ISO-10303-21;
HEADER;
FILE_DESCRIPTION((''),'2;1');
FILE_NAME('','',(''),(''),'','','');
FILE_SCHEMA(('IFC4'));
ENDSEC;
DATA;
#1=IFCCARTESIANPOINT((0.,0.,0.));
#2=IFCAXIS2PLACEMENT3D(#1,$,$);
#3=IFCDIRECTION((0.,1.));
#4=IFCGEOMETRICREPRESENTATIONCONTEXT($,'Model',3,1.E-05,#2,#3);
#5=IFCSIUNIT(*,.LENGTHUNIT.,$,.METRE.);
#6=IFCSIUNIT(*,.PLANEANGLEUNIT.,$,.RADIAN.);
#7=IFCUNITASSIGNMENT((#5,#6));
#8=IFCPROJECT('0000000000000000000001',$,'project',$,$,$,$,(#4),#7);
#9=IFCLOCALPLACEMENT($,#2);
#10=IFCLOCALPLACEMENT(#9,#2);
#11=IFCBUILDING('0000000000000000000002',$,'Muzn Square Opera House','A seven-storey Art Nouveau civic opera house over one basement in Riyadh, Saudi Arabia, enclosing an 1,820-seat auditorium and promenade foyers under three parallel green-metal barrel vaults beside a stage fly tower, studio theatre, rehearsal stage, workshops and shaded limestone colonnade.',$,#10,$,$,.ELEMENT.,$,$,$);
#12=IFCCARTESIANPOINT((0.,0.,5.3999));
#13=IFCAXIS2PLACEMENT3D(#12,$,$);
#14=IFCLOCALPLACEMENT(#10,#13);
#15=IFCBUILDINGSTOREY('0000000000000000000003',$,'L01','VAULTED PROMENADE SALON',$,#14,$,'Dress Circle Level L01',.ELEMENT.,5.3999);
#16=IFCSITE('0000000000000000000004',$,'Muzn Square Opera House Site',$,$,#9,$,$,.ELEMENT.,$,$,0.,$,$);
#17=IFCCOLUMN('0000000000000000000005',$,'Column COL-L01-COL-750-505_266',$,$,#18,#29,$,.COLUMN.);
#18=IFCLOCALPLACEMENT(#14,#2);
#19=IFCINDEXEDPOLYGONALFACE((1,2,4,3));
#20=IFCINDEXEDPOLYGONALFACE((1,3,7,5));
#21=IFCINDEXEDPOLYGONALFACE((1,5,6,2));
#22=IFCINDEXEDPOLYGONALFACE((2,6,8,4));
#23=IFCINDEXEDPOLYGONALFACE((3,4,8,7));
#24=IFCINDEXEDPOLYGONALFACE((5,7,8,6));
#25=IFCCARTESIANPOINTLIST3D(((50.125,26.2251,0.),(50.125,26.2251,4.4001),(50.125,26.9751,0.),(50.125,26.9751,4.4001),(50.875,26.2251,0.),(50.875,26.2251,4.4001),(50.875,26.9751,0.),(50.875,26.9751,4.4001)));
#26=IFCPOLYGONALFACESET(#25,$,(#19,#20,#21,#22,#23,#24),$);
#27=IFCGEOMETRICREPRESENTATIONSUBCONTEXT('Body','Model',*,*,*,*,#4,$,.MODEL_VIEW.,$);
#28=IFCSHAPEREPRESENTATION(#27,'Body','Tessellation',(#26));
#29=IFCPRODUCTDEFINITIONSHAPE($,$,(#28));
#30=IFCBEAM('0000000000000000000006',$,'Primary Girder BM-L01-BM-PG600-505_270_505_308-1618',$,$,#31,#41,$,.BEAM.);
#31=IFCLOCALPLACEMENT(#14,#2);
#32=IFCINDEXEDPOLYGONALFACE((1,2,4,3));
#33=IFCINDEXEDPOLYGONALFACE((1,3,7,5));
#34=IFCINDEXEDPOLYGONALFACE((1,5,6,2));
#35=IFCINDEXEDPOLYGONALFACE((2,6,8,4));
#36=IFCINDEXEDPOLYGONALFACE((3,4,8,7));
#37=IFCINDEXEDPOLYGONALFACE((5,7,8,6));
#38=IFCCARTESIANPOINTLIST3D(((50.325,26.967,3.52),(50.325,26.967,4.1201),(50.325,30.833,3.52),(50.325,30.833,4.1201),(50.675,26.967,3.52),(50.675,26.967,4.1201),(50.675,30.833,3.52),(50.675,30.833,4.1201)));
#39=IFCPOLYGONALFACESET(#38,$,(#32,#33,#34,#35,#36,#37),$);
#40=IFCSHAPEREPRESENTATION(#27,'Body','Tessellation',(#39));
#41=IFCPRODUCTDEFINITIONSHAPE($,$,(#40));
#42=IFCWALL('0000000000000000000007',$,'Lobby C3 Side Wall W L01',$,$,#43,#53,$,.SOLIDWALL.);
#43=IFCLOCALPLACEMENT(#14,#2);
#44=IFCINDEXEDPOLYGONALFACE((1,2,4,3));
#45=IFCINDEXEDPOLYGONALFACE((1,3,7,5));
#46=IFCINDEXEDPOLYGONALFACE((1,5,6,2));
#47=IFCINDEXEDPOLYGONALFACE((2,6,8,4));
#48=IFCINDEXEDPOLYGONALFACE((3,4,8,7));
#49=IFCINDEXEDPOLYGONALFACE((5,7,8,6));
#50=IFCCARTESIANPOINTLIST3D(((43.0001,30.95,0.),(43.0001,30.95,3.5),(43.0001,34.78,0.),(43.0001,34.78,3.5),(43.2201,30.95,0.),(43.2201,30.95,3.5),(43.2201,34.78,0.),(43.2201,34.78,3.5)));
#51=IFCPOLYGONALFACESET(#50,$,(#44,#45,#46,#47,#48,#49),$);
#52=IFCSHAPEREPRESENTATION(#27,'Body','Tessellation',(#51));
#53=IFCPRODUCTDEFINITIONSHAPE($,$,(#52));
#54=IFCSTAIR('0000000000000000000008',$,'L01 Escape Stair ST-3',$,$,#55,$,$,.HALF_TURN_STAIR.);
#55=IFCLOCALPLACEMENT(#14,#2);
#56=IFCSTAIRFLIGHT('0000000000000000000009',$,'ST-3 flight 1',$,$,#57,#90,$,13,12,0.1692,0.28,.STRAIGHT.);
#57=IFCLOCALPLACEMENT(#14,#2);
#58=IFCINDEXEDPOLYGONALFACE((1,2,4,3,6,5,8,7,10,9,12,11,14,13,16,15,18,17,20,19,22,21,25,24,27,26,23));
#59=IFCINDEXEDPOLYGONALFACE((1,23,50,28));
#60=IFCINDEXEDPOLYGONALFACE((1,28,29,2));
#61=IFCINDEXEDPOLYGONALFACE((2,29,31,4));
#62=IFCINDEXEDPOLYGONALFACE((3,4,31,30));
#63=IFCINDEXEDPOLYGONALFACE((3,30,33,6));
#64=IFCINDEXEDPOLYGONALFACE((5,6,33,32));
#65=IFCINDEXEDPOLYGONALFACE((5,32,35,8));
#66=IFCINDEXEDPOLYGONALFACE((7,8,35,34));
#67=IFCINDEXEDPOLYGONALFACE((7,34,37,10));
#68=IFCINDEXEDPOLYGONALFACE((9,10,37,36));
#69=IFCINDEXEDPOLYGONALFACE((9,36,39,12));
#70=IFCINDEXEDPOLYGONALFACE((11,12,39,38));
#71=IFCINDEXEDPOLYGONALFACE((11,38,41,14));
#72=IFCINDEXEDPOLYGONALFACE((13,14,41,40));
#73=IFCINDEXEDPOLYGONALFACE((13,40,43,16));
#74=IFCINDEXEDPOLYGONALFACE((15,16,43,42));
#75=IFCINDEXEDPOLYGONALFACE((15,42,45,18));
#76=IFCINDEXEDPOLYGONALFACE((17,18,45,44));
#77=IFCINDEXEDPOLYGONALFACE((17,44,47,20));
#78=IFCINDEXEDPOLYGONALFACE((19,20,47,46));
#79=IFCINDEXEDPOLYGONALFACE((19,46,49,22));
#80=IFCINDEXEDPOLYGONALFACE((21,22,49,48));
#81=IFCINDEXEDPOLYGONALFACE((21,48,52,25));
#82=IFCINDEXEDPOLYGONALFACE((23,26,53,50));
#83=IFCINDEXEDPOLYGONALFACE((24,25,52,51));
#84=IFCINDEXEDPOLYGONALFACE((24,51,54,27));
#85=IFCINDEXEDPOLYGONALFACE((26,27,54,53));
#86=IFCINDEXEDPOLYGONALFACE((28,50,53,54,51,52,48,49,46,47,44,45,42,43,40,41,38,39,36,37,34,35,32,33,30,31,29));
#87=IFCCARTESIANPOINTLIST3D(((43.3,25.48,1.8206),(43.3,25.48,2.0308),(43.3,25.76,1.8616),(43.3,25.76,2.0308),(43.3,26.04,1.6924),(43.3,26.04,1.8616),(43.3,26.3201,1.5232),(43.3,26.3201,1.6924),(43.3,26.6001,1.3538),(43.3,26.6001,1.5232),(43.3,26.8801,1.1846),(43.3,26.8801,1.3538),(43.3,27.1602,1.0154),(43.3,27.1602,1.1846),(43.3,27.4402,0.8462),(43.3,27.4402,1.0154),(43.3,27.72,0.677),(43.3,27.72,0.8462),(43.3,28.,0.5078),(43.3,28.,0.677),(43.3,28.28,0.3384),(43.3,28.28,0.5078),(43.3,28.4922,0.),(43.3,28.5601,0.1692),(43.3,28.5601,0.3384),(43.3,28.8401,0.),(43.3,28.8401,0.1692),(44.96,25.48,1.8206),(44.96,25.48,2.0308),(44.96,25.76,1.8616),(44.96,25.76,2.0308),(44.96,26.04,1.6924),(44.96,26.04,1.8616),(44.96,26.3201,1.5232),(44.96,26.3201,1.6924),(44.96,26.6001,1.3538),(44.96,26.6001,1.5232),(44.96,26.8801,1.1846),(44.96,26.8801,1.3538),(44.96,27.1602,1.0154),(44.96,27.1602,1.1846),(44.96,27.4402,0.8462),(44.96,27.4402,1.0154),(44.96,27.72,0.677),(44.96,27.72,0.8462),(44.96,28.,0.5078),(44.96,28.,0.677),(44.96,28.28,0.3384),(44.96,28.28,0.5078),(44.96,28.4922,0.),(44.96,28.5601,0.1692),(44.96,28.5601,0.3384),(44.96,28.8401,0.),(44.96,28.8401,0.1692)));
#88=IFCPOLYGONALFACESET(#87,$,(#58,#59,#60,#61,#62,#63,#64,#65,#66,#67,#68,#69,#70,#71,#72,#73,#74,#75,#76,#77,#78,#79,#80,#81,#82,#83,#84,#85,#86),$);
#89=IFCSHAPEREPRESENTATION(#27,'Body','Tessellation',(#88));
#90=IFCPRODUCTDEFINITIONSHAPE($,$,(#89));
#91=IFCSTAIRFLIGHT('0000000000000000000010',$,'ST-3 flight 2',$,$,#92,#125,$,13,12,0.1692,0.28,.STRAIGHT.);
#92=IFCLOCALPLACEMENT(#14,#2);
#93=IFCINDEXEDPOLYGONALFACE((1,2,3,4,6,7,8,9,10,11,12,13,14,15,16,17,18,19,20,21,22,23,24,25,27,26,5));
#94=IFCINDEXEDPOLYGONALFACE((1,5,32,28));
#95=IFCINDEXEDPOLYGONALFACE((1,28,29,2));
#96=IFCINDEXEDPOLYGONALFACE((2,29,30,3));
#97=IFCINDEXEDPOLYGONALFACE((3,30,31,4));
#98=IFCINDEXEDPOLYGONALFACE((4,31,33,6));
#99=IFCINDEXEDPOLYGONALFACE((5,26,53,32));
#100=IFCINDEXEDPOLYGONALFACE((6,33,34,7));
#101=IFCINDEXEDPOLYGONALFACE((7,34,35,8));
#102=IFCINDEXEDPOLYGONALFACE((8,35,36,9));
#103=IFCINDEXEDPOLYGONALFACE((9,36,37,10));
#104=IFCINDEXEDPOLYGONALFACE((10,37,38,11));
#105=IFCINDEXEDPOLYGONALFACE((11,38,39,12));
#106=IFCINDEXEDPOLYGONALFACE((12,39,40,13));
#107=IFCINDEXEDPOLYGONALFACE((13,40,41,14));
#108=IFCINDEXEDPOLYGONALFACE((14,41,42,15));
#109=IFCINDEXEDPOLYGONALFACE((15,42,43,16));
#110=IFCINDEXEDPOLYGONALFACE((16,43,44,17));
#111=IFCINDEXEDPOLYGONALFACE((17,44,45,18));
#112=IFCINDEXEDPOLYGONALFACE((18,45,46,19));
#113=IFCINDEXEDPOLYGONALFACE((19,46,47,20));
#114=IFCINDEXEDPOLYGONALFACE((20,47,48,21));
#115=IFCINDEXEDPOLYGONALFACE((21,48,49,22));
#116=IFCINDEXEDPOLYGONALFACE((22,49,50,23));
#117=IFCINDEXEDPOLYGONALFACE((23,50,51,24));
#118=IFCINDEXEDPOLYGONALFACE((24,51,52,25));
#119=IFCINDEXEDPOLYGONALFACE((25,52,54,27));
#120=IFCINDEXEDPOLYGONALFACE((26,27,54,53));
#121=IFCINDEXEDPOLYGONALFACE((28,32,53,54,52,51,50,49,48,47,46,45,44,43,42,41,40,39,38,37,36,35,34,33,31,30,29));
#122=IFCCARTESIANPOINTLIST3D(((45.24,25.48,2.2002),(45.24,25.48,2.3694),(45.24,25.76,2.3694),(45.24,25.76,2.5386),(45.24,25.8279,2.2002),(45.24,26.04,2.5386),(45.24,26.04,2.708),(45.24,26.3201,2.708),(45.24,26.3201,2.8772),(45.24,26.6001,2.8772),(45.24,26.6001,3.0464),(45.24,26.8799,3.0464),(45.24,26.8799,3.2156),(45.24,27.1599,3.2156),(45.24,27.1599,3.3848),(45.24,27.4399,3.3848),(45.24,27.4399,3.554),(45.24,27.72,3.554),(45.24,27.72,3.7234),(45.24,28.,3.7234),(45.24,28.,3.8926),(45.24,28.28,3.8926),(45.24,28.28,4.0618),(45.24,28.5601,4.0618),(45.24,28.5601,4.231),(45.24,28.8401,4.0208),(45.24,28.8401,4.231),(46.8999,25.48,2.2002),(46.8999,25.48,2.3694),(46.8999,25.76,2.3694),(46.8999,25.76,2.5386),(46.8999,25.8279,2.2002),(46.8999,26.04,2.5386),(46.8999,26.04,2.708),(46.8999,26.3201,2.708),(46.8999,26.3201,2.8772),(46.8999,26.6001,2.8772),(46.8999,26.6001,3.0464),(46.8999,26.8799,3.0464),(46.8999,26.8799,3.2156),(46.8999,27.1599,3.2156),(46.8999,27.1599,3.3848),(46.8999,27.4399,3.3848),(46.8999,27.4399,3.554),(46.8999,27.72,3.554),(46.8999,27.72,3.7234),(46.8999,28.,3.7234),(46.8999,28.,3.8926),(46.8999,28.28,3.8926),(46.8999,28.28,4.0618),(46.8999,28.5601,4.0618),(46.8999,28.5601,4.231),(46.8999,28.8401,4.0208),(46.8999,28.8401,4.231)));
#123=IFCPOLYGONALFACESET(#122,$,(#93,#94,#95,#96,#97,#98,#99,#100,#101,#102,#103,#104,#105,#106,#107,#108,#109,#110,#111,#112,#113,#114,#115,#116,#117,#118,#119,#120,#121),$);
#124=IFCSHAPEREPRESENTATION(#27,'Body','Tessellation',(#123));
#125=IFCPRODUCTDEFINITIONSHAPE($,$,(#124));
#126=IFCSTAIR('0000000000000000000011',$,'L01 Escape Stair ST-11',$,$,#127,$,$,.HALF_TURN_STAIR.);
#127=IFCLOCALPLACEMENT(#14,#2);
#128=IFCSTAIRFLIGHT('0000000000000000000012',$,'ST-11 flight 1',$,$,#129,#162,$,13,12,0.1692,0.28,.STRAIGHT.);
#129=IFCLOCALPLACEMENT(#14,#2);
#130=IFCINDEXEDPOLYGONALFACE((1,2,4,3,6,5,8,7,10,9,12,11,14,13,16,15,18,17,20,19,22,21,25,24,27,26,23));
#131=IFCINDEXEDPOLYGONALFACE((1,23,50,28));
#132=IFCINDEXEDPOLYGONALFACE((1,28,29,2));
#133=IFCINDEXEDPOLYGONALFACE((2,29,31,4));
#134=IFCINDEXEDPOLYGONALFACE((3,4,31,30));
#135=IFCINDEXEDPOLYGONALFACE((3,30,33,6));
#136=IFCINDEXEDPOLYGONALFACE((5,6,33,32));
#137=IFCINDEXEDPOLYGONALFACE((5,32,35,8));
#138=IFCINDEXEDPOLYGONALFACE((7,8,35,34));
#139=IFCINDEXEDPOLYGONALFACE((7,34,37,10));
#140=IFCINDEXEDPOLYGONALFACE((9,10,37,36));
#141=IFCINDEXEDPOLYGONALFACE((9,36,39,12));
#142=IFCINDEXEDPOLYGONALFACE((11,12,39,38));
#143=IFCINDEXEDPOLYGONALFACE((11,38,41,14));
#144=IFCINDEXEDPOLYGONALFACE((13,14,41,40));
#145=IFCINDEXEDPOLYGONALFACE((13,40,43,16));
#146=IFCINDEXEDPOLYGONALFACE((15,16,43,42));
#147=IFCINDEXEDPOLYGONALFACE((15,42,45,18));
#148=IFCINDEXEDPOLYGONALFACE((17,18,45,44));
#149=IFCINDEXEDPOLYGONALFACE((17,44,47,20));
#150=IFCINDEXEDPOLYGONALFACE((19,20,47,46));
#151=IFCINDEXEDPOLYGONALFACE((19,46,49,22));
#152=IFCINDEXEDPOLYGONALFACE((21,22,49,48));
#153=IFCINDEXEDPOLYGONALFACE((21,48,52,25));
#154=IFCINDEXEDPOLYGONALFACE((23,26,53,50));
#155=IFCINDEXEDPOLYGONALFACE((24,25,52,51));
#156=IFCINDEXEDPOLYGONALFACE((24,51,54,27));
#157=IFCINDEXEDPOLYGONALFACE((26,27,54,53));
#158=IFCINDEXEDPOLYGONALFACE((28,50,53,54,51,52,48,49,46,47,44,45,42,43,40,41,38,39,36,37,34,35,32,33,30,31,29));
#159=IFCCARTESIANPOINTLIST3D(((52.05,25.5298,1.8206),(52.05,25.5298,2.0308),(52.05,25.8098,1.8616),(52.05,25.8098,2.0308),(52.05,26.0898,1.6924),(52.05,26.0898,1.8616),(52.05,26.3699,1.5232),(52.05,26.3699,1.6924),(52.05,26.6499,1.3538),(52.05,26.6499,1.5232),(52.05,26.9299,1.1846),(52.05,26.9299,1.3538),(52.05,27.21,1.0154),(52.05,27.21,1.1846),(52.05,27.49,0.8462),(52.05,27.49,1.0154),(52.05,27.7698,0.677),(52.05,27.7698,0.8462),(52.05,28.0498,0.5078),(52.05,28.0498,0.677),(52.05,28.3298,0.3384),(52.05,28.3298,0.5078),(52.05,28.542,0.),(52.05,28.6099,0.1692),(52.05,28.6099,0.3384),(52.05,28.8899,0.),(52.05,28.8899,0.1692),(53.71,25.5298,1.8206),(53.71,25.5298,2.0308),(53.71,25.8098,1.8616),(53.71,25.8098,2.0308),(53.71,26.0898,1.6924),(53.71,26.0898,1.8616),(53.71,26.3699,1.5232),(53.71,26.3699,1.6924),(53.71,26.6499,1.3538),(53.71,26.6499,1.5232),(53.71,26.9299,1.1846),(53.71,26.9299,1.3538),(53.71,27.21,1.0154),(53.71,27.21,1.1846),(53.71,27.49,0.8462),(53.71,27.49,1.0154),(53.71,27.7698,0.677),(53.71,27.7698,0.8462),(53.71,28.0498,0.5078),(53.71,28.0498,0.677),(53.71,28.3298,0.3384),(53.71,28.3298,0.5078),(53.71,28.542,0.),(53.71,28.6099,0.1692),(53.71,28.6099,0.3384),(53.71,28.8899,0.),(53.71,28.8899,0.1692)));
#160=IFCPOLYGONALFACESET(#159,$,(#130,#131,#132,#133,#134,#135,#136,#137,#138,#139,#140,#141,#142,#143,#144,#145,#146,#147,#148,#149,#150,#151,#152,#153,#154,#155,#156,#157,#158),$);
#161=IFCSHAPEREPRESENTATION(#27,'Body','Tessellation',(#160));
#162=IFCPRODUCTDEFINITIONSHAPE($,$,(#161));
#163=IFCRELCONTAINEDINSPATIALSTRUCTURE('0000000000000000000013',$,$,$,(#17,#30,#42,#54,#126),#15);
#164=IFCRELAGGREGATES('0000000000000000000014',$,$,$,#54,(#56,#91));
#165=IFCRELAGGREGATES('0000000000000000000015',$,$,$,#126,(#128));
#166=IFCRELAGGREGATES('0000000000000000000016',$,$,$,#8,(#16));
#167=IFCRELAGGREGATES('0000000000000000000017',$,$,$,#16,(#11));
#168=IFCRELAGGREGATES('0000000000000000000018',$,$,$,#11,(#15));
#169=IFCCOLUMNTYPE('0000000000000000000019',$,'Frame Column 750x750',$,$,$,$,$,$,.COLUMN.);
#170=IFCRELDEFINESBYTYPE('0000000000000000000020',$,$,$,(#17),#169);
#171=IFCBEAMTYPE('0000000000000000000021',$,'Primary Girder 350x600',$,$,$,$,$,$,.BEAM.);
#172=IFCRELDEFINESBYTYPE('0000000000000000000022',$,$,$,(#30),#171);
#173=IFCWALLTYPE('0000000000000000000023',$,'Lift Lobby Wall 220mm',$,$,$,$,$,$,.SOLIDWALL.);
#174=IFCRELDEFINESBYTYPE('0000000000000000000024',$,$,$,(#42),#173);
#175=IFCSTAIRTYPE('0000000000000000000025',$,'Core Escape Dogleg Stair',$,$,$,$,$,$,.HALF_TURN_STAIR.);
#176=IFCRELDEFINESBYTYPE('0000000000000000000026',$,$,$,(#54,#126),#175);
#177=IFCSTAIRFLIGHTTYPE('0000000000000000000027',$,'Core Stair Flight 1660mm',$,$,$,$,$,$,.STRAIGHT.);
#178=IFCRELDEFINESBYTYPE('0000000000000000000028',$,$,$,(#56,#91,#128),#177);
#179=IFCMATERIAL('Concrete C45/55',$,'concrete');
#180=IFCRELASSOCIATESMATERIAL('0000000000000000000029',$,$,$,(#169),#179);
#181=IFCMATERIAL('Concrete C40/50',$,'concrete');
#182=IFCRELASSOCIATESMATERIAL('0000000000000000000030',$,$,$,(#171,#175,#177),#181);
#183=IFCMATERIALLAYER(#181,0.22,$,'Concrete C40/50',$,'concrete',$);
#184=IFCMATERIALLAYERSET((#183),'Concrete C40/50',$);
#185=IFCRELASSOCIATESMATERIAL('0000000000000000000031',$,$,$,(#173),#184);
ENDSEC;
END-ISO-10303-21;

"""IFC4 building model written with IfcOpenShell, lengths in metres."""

from ifc_helpers import new_model, si_unit, direction, frame, frame_2d, origin, origin_2d, place, context, subcontext, project, spatial, polyline, rectangle, outline, extrude, material, layer, layer_set, material_profile, profile_set, type_object, element, aggregate, save


model = new_model("IFC4")

# Units and contexts
model_context = context("Model", 3, precision=1e-05, world=origin(), true_north=direction((0.0, 1.0)))
body_context = subcontext(model_context, "Body", "Model", "MODEL_VIEW")
ifc_project = project(units=[si_unit("LENGTHUNIT", "METRE"), si_unit("PLANEANGLEUNIT", "RADIAN")], contexts=[model_context])

# Site, building, storey
site_placement = place(None, origin())
site = spatial("IfcSite", under=ifc_project, at=site_placement, Name="Muzn Square Opera House Site", CompositionType="ELEMENT", RefElevation=0.0)
building_placement = place(site_placement, origin())
building = spatial("IfcBuilding", under=site, at=building_placement, Name="Muzn Square Opera House", Description="A seven-storey Art Nouveau civic opera house over one basement in Riyadh, Saudi Arabia, enclosing an 1,820-seat auditorium and promenade foyers under three parallel green-metal barrel vaults beside a stage fly tower, studio theatre, rehearsal stage, workshops and shaded limestone colonnade.", CompositionType="ELEMENT")
storey_placement = place(building_placement, frame((0.0, 0.0, 5.3999)))
storey = spatial("IfcBuildingStorey", under=building, at=storey_placement, Name="L01", Description="VAULTED PROMENADE SALON", LongName="Dress Circle Level L01", CompositionType="ELEMENT", Elevation=5.3999)

# Column
ifc_material_1 = material(Name="Concrete C45/55", Category="concrete")
ifc_material_profile_1 = material_profile(ifc_material_1, rectangle(XDim=0.75, YDim=0.75, at=origin_2d()), Name="RC 750x750", Category="concrete")
ifc_profile_set_1 = profile_set([ifc_material_profile_1], Name="Concrete C45/55")
column_type = type_object("IfcColumnType", Name="Frame Column 750x750", PredefinedType="COLUMN", material=ifc_profile_set_1)
column_placement = place(storey_placement, frame((50.5, 26.6001, 0.0), z_axis=(0.0, 0.0, 1.0), x_axis=(1.0, 0.0, 0.0)))
element("IfcColumn", 1, at=column_placement, inside=storey, type_object=column_type, Name="Column COL-L01-COL-750-505_266", PredefinedType="COLUMN", context=body_context, shape_type="SweptSolid", body=[
    extrude(rectangle(XDim=0.75, YDim=0.75, at=origin_2d()), origin(), (0.0, 0.0, 1.0), 4.4001),
])

# Beam
ifc_material_2 = material(Name="Concrete C40/50", Category="concrete")
ifc_material_profile_2 = material_profile(ifc_material_2, rectangle(XDim=0.3501, YDim=0.6001, at=origin_2d()), Name="RCB 350x600", Category="concrete")
ifc_profile_set_2 = profile_set([ifc_material_profile_2], Name="Concrete C40/50")
beam_type = type_object("IfcBeamType", Name="Primary Girder 350x600", PredefinedType="BEAM", material=ifc_profile_set_2)
beam_placement = place(storey_placement, frame((50.5, 26.967, 3.8201), z_axis=(0.0, 1.0, 0.0), x_axis=(-1.0, 0.0, 0.0)))
element("IfcBeam", 2, at=beam_placement, inside=storey, type_object=beam_type, Name="Primary Girder BM-L01-BM-PG600-505_270_505_308-1618", PredefinedType="BEAM", context=body_context, shape_type="SweptSolid", body=[
    extrude(rectangle(XDim=0.3501, YDim=0.6001, at=origin_2d()), origin(), (0.0, 0.0, 1.0), 3.866),
])

# Wall
ifc_layer_1 = layer(ifc_material_2, 0.22, Name="Concrete C40/50", Category="concrete")
ifc_layer_set_1 = layer_set([ifc_layer_1], Name="Concrete C40/50")
wall_type_1 = type_object("IfcWallType", Name="Lift Lobby Wall 220mm", PredefinedType="SOLIDWALL", material=ifc_layer_set_1)
wall_1_placement = place(storey_placement, frame((43.1101, 30.95, 0.0), z_axis=(0.0, 0.0, 1.0), x_axis=(0.0, 1.0, 0.0)))
element("IfcWall", 3, at=wall_1_placement, inside=storey, type_object=wall_type_1, Name="Lobby C3 Side Wall W L01", PredefinedType="SOLIDWALL", context=body_context, shape_type="SweptSolid", body=[
    extrude(rectangle(XDim=3.8301, YDim=0.22, at=frame_2d((1.915, 0.0))), origin(), (0.0, 0.0, 1.0), 3.5),
])

# Stairs, stair flights
stair_type = type_object("IfcStairType", Name="Core Escape Dogleg Stair", PredefinedType="HALF_TURN_STAIR", material=ifc_material_2)
stair_1_placement = place(storey_placement, origin())
stair_1 = element("IfcStair", 4, at=stair_1_placement, inside=storey, type_object=stair_type, Name="L01 Escape Stair ST-3", PredefinedType="HALF_TURN_STAIR")
stair_flight_type = type_object("IfcStairFlightType", Name="Core Stair Flight 1660mm", PredefinedType="STRAIGHT", material=ifc_material_2)
stair_flight_1_placement = place(storey_placement, frame((44.1299, 28.8401, 0.0), z_axis=(0.0, 0.0, 1.0), x_axis=(0.0, -1.0, 0.0)))
stair_flight_1 = element("IfcStairFlight", 5, at=stair_flight_1_placement, type_object=stair_flight_type, Name="ST-3 flight 1", NumberOfRisers=13, NumberOfTreads=12, PredefinedType="STRAIGHT", RiserHeight=0.1692, TreadLength=0.28, context=body_context, shape_type="SweptSolid", body=[
    extrude(outline(polyline([(0.0, 0.0), (0.0, 0.1692), (0.28, 0.1692), (0.28, 0.3384), (0.5601, 0.3384), (0.5601, 0.5078), (0.8401, 0.5078), (0.8401, 0.677), (1.1201, 0.677), (1.1201, 0.8462), (1.3999, 0.8462), (1.3999, 1.0154), (1.6799, 1.0154), (1.6799, 1.1846), (1.96, 1.1846), (1.96, 1.3538), (2.24, 1.3538), (2.24, 1.5232), (2.52, 1.5232), (2.52, 1.6924), (2.8, 1.6924), (2.8, 1.8616), (3.0801, 1.8616), (3.0801, 2.0308), (3.3601, 2.0308), (3.3601, 2.2), (3.3601, 1.8206), (0.3479, 0.0), (0.0, 0.0)])), frame((0.0, 0.8301, 0.0), z_axis=(0.0, -1.0, 0.0), x_axis=(1.0, 0.0, 0.0)), (0.0, 0.0, 1.0), 1.6599),
])
stair_flight_2_placement = place(storey_placement, frame((46.0701, 25.48, 2.2002), z_axis=(0.0, 0.0, 1.0), x_axis=(0.0, 1.0, 0.0)))
stair_flight_2 = element("IfcStairFlight", 6, at=stair_flight_2_placement, type_object=stair_flight_type, Name="ST-3 flight 2", NumberOfRisers=13, NumberOfTreads=12, PredefinedType="STRAIGHT", RiserHeight=0.1692, TreadLength=0.28, context=body_context, shape_type="SweptSolid", body=[
    extrude(outline(polyline([(0.0, 0.0), (0.0, 0.1692), (0.28, 0.1692), (0.28, 0.3384), (0.5601, 0.3384), (0.5601, 0.5078), (0.8401, 0.5078), (0.8401, 0.677), (1.1201, 0.677), (1.1201, 0.8462), (1.3999, 0.8462), (1.3999, 1.0154), (1.6799, 1.0154), (1.6799, 1.1846), (1.96, 1.1846), (1.96, 1.3538), (2.24, 1.3538), (2.24, 1.5232), (2.52, 1.5232), (2.52, 1.6924), (2.8, 1.6924), (2.8, 1.8616), (3.0801, 1.8616), (3.0801, 2.0308), (3.3601, 2.0308), (3.3601, 2.2), (3.3601, 1.8206), (0.3479, 0.0), (0.0, 0.0)])), frame((0.0, 0.8301, 0.0), z_axis=(0.0, -1.0, 0.0), x_axis=(1.0, 0.0, 0.0)), (0.0, 0.0, 1.0), 1.6599),
])
aggregate(stair_1, [stair_flight_1, stair_flight_2])
stair_2_placement = place(storey_placement, origin())
stair_2 = element("IfcStair", 7, at=stair_2_placement, inside=storey, type_object=stair_type, Name="L01 Escape Stair ST-11", PredefinedType="HALF_TURN_STAIR")
stair_flight_3_placement = place(storey_placement, frame((52.8799, 28.8899, 0.0), z_axis=(0.0, 0.0, 1.0), x_axis=(0.0, -1.0, 0.0)))
stair_flight_3 = element("IfcStairFlight", 8, at=stair_flight_3_placement, type_object=stair_flight_type, Name="ST-11 flight 1", NumberOfRisers=13, NumberOfTreads=12, PredefinedType="STRAIGHT", RiserHeight=0.1692, TreadLength=0.28, context=body_context, shape_type="SweptSolid", body=[
    extrude(outline(polyline([(0.0, 0.0), (0.0, 0.1692), (0.28, 0.1692), (0.28, 0.3384), (0.5601, 0.3384), (0.5601, 0.5078), (0.8401, 0.5078), (0.8401, 0.677), (1.1201, 0.677), (1.1201, 0.8462), (1.3999, 0.8462), (1.3999, 1.0154), (1.6799, 1.0154), (1.6799, 1.1846), (1.96, 1.1846), (1.96, 1.3538), (2.24, 1.3538), (2.24, 1.5232), (2.52, 1.5232), (2.52, 1.6924), (2.8, 1.6924), (2.8, 1.8616), (3.0801, 1.8616), (3.0801, 2.0308), (3.3601, 2.0308), (3.3601, 2.2), (3.3601, 1.8206), (0.3479, 0.0), (0.0, 0.0)])), frame((0.0, 0.8301, 0.0), z_axis=(0.0, -1.0, 0.0), x_axis=(1.0, 0.0, 0.0)), (0.0, 0.0, 1.0), 1.6599),
])
aggregate(stair_2, [stair_flight_3])

save(model, "model.ifc")
